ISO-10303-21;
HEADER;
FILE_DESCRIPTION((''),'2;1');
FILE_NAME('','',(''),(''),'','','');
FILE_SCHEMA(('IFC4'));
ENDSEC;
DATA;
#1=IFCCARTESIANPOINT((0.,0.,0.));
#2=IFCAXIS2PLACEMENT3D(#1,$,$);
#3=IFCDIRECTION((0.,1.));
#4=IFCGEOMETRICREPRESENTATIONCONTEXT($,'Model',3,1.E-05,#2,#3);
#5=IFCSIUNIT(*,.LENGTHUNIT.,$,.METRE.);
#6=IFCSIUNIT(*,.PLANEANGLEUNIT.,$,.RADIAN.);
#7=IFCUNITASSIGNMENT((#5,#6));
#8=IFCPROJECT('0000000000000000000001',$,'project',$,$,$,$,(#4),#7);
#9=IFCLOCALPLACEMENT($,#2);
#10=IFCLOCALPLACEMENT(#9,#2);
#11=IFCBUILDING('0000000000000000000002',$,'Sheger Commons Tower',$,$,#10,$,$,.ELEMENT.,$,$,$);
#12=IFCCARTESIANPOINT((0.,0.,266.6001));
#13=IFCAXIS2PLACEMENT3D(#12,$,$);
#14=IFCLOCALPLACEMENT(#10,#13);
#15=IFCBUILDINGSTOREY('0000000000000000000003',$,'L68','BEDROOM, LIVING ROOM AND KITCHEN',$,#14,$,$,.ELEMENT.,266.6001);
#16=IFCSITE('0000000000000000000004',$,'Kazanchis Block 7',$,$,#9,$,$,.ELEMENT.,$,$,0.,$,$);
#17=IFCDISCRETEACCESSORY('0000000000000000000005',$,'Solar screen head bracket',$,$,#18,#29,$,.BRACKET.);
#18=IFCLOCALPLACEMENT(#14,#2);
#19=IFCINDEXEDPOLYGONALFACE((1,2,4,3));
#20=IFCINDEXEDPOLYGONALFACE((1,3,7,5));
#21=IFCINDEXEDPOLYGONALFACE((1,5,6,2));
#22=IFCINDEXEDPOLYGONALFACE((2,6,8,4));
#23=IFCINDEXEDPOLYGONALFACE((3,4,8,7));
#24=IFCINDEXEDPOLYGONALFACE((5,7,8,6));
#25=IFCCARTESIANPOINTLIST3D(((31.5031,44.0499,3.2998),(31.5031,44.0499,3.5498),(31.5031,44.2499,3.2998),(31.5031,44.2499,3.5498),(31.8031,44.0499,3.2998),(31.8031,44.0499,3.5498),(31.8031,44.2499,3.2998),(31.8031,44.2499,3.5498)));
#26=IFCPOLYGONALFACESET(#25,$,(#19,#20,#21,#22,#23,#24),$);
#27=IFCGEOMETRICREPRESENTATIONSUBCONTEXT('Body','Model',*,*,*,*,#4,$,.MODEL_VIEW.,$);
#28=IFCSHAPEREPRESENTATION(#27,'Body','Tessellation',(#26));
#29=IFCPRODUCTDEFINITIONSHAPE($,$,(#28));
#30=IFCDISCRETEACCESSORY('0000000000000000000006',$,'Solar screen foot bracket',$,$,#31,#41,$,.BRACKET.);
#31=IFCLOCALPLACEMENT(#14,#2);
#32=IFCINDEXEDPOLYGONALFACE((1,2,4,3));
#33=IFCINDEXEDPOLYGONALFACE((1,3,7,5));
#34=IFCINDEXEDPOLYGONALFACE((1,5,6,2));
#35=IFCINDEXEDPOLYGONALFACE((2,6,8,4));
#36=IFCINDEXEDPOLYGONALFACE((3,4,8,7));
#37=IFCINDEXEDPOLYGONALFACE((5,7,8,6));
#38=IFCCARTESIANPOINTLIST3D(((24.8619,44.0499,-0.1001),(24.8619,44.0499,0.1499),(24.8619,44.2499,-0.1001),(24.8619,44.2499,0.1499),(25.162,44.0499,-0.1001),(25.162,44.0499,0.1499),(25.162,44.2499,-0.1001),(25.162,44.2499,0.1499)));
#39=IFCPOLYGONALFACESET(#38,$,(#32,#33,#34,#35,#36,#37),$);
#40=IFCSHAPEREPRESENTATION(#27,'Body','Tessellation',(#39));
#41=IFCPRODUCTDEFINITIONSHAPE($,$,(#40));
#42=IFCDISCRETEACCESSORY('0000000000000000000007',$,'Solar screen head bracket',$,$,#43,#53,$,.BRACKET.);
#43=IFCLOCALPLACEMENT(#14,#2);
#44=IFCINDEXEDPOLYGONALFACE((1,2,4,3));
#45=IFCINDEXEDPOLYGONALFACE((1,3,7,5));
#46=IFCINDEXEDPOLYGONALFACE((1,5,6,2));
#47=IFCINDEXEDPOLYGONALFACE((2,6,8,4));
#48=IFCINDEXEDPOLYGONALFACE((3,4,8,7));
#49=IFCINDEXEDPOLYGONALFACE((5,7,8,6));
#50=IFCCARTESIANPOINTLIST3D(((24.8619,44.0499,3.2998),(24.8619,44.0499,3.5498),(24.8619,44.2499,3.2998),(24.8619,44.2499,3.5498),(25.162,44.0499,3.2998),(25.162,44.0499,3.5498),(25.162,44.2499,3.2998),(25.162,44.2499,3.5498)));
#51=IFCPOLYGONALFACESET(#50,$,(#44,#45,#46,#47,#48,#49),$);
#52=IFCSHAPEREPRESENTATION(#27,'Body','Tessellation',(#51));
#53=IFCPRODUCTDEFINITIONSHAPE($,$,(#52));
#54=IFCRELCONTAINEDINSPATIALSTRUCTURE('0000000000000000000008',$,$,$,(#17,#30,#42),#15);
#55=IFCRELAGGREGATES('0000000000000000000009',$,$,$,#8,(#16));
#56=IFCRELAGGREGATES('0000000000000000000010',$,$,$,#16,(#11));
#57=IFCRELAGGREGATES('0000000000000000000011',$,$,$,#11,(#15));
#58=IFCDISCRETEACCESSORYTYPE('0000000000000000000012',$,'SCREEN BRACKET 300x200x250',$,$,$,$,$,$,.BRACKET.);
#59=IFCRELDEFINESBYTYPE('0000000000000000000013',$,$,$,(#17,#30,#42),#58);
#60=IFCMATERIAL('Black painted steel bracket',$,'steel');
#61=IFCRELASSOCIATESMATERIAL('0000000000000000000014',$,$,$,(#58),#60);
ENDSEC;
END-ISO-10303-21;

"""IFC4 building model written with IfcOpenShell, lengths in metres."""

from ifc_helpers import new_model, si_unit, direction, frame, origin, origin_2d, place, context, subcontext, project, spatial, rectangle, extrude, material, type_object, element, save


model = new_model("IFC4")

# Units and contexts
model_context = context("Model", 3, precision=1e-05, world=origin(), true_north=direction((0.0, 1.0)))
body_context = subcontext(model_context, "Body", "Model", "MODEL_VIEW")
ifc_project = project(units=[si_unit("LENGTHUNIT", "METRE"), si_unit("PLANEANGLEUNIT", "RADIAN")], contexts=[model_context])

# Site, building, storey
site_placement = place(None, origin())
site = spatial("IfcSite", under=ifc_project, at=site_placement, Name="Kazanchis Block 7", CompositionType="ELEMENT", RefElevation=0.0)
building_placement = place(site_placement, origin())
building = spatial("IfcBuilding", under=site, at=building_placement, Name="Sheger Commons Tower", CompositionType="ELEMENT")
storey_placement = place(building_placement, frame((0.0, 0.0, 266.6001)))
storey = spatial("IfcBuildingStorey", under=building, at=storey_placement, Name="L68", Description="BEDROOM, LIVING ROOM AND KITCHEN", CompositionType="ELEMENT", Elevation=266.6001)

# Discrete accessories
ifc_material_1 = material(Name="Black painted steel bracket", Category="steel")
discrete_accessory_type = type_object("IfcDiscreteAccessoryType", Name="SCREEN BRACKET 300x200x250", PredefinedType="BRACKET", material=ifc_material_1)
for number, where, z_axis, x_axis, name in (
    (1, (31.6531, 44.1499, 3.2998), (0.0, 0.0, 1.0), (-1.0, 0.0, 0.0), "Solar screen head bracket"),
    (2, (25.012, 44.1499, -0.1001), (0.0, 0.0, 1.0), (-1.0, 0.0, 0.0), "Solar screen foot bracket"),
    (3, (25.012, 44.1499, 3.2998), (0.0, 0.0, 1.0), (-1.0, 0.0, 0.0), "Solar screen head bracket"),
):
    element("IfcDiscreteAccessory", number, at=place(storey_placement, frame(where, z_axis=z_axis, x_axis=x_axis)), inside=storey, type_object=discrete_accessory_type, Name=name, PredefinedType="BRACKET", context=body_context, shape_type="SweptSolid", body=[
        extrude(rectangle(XDim=0.3, YDim=0.2, at=origin_2d()), origin(), (0.0, 0.0, 1.0), 0.25),
    ])

save(model, "model.ifc")
